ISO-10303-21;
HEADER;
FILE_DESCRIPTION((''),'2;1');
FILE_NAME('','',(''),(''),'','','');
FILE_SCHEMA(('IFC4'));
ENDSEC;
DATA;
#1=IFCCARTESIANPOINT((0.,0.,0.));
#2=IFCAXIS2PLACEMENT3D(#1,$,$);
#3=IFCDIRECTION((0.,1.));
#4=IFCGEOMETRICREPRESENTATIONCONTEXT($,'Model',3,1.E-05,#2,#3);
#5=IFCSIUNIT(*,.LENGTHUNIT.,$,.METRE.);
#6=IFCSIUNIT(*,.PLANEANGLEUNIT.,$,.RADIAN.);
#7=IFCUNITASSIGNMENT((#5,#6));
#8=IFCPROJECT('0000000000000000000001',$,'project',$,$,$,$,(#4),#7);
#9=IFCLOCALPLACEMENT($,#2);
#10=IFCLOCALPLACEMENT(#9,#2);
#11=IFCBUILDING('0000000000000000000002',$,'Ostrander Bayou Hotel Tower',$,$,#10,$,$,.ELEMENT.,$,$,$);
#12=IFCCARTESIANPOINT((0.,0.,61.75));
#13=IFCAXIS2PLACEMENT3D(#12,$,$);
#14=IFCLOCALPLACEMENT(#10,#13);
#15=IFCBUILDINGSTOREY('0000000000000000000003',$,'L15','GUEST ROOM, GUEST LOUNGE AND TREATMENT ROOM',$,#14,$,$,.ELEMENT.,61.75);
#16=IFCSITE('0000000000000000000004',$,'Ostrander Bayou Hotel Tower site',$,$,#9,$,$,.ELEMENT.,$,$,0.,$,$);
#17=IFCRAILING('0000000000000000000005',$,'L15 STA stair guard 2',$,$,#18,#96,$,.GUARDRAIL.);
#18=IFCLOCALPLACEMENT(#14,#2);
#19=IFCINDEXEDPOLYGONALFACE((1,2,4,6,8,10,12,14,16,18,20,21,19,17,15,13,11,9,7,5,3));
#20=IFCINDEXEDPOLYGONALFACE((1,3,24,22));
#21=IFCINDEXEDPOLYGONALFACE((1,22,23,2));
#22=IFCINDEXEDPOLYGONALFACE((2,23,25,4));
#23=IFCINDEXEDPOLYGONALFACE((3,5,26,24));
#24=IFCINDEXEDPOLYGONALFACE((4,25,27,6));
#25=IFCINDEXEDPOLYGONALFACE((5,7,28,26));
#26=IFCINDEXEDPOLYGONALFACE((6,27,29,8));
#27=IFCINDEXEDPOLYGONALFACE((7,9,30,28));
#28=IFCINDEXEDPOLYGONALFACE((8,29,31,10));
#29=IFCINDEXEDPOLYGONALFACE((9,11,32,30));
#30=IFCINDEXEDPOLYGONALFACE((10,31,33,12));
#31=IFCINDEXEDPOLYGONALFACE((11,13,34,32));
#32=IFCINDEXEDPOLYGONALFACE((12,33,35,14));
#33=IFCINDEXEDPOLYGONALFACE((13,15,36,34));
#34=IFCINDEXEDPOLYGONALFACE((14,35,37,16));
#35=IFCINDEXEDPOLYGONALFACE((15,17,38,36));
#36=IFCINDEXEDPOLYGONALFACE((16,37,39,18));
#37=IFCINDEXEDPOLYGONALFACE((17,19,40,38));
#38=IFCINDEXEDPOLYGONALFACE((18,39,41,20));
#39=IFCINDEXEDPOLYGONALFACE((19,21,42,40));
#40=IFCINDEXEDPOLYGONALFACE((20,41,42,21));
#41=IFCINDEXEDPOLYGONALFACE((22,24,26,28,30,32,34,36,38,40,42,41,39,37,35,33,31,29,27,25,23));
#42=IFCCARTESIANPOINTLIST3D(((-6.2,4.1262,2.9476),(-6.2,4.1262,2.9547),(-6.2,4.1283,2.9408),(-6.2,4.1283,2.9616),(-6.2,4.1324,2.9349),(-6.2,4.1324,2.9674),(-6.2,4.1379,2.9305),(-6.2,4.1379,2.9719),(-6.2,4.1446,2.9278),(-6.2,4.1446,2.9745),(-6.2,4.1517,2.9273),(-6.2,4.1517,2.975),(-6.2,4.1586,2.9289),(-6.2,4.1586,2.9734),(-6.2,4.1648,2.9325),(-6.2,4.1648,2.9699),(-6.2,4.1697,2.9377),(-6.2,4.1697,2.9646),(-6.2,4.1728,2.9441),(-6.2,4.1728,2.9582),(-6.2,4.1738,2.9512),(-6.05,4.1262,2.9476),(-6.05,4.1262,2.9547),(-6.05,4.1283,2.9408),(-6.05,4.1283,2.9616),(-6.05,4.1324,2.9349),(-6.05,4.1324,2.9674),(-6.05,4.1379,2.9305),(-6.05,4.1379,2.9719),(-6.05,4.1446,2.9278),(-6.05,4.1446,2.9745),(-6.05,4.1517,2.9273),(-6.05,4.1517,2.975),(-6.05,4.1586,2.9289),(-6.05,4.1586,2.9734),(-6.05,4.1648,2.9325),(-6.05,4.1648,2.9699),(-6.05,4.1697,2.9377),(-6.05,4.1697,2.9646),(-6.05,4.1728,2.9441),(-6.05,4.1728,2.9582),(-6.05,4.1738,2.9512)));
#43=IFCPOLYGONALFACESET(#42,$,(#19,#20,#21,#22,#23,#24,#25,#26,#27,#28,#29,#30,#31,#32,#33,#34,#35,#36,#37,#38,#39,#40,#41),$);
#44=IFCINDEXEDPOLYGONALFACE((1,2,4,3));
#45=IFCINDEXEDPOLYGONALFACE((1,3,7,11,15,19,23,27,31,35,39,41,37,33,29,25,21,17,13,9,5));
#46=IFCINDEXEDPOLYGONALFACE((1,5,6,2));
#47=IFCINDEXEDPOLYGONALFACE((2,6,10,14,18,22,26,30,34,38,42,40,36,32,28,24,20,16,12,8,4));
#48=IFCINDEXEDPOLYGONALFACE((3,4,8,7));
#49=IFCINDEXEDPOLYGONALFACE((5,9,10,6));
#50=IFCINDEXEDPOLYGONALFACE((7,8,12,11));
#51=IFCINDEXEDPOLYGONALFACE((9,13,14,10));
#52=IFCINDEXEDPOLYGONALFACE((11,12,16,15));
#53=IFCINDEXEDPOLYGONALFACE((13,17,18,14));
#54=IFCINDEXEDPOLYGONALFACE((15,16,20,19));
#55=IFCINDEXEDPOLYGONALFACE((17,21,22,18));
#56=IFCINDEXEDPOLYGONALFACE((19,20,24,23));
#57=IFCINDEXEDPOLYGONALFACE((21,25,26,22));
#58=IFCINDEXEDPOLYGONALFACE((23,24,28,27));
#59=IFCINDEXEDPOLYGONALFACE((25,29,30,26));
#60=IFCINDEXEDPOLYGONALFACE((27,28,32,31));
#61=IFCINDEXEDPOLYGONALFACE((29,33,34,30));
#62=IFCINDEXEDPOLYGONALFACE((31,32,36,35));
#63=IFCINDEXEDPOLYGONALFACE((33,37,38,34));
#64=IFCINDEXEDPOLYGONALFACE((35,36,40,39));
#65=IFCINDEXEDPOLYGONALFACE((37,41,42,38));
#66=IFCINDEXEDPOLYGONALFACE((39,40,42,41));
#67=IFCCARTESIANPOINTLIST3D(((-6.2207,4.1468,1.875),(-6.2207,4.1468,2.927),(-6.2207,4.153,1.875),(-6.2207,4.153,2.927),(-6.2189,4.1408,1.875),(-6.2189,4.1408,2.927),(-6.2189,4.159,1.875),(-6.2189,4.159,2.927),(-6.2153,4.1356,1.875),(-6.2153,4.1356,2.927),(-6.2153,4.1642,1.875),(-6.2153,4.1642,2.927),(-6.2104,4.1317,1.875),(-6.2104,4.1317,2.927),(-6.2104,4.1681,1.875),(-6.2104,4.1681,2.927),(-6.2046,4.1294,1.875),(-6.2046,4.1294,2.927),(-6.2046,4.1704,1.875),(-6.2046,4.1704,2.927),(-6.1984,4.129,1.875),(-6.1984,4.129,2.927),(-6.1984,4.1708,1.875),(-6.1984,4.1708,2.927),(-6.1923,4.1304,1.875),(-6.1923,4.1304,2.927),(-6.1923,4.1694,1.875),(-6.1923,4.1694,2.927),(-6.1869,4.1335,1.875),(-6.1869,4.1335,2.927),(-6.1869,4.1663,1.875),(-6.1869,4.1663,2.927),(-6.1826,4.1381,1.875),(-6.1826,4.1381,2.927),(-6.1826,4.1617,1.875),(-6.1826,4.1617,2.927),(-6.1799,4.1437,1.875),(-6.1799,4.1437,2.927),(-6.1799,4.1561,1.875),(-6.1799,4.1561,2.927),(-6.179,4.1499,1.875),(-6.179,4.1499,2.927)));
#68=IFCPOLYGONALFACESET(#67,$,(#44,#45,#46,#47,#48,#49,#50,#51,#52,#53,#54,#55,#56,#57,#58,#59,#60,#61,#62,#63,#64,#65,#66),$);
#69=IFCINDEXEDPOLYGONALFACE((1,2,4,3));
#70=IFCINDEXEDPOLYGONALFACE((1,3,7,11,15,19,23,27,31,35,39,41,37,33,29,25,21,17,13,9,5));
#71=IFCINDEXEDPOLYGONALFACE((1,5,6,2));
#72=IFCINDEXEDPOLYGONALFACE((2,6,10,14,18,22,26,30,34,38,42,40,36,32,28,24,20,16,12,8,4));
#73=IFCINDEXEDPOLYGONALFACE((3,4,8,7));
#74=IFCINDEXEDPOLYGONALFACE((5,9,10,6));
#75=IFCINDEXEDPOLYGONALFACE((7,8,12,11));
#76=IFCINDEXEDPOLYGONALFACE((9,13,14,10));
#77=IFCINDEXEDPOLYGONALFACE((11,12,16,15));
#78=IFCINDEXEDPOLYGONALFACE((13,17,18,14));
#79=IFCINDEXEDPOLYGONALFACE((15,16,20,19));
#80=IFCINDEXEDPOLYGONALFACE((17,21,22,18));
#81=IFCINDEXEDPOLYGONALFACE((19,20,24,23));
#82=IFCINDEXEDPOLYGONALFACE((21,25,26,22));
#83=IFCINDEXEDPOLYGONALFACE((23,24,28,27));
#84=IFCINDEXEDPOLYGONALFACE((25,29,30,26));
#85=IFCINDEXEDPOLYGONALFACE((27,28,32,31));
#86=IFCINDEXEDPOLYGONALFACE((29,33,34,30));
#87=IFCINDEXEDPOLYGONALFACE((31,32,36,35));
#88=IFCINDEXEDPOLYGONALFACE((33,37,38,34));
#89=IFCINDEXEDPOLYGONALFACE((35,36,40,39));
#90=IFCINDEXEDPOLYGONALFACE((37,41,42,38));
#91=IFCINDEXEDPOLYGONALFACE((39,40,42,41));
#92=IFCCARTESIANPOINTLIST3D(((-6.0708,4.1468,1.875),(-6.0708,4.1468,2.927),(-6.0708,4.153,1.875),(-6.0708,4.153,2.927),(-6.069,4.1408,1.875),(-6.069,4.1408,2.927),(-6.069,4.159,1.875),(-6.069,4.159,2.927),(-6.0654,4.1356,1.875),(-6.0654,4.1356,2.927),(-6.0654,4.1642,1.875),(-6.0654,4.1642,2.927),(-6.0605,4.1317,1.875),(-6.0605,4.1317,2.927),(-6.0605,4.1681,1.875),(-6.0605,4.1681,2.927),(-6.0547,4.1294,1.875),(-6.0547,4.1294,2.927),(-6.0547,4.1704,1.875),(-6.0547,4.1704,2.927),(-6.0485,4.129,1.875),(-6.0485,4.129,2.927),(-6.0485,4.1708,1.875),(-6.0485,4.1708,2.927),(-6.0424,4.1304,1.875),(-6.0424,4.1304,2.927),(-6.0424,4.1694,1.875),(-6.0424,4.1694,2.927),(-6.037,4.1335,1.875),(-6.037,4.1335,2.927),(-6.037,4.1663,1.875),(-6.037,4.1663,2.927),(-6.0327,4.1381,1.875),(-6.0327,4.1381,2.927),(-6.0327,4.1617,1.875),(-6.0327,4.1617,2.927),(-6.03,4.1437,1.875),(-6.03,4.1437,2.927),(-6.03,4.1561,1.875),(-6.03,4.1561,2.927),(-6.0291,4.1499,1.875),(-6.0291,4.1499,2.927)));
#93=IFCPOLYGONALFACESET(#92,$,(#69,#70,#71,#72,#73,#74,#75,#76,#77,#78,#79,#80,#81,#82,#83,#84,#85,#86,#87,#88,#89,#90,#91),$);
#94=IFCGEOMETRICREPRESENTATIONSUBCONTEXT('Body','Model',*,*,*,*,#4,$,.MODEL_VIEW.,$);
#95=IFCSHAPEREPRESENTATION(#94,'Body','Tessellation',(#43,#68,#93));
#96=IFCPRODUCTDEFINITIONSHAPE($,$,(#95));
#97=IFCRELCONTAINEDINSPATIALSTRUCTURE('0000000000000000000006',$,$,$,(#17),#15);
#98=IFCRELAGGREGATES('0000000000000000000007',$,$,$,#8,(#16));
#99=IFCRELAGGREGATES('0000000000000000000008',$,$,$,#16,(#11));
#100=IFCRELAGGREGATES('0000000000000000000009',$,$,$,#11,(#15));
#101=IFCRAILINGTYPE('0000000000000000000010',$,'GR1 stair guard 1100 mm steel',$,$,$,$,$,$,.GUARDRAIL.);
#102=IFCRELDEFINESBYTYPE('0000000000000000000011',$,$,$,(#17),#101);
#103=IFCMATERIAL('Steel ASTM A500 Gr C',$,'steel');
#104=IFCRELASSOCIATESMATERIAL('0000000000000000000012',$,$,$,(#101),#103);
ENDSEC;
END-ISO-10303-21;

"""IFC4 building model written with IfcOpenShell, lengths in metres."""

from ifc_helpers import new_model, si_unit, direction, frame, origin, origin_2d, place, context, subcontext, project, spatial, circle, extrude, material, type_object, element, save


model = new_model("IFC4")

# Units and contexts
model_context = context("Model", 3, precision=1e-05, world=origin(), true_north=direction((0.0, 1.0)))
body_context = subcontext(model_context, "Body", "Model", "MODEL_VIEW")
ifc_project = project(units=[si_unit("LENGTHUNIT", "METRE"), si_unit("PLANEANGLEUNIT", "RADIAN")], contexts=[model_context])

# Site, building, storey
site_placement = place(None, origin())
site = spatial("IfcSite", under=ifc_project, at=site_placement, Name="Ostrander Bayou Hotel Tower site", CompositionType="ELEMENT", RefElevation=0.0)
building_placement = place(site_placement, origin())
building = spatial("IfcBuilding", under=site, at=building_placement, Name="Ostrander Bayou Hotel Tower", CompositionType="ELEMENT")
storey_placement = place(building_placement, frame((0.0, 0.0, 61.75)))
storey = spatial("IfcBuildingStorey", under=building, at=storey_placement, Name="L15", Description="GUEST ROOM, GUEST LOUNGE AND TREATMENT ROOM", CompositionType="ELEMENT", Elevation=61.75)

# Railing
ifc_material_1 = material(Name="Steel ASTM A500 Gr C", Category="steel")
railing_type_1 = type_object("IfcRailingType", Name="GR1 stair guard 1100 mm steel", PredefinedType="GUARDRAIL", material=ifc_material_1)
railing_1_placement = place(storey_placement, frame((-6.2, 4.1499, 1.875)))
element("IfcRailing", 1, at=railing_1_placement, inside=storey, type_object=railing_type_1, Name="L15 STA stair guard 2", PredefinedType="GUARDRAIL", context=body_context, shape_type="SweptSolid", body=[
    extrude(circle(Radius=0.0239, at=origin_2d()), frame((0.0, 0.0, 1.0762), z_axis=(1.0, 0.0, 0.0), x_axis=(0.0, 1.0, 0.0)), (0.0, 0.0, 1.0), 0.1499),
    extrude(circle(Radius=0.021, at=origin_2d()), origin(), (0.0, 0.0, 1.0), 1.052),
    extrude(circle(Radius=0.021, at=origin_2d()), frame((0.1499, 0.0, 0.0)), (0.0, 0.0, 1.0), 1.052),
])

save(model, "model.ifc")
